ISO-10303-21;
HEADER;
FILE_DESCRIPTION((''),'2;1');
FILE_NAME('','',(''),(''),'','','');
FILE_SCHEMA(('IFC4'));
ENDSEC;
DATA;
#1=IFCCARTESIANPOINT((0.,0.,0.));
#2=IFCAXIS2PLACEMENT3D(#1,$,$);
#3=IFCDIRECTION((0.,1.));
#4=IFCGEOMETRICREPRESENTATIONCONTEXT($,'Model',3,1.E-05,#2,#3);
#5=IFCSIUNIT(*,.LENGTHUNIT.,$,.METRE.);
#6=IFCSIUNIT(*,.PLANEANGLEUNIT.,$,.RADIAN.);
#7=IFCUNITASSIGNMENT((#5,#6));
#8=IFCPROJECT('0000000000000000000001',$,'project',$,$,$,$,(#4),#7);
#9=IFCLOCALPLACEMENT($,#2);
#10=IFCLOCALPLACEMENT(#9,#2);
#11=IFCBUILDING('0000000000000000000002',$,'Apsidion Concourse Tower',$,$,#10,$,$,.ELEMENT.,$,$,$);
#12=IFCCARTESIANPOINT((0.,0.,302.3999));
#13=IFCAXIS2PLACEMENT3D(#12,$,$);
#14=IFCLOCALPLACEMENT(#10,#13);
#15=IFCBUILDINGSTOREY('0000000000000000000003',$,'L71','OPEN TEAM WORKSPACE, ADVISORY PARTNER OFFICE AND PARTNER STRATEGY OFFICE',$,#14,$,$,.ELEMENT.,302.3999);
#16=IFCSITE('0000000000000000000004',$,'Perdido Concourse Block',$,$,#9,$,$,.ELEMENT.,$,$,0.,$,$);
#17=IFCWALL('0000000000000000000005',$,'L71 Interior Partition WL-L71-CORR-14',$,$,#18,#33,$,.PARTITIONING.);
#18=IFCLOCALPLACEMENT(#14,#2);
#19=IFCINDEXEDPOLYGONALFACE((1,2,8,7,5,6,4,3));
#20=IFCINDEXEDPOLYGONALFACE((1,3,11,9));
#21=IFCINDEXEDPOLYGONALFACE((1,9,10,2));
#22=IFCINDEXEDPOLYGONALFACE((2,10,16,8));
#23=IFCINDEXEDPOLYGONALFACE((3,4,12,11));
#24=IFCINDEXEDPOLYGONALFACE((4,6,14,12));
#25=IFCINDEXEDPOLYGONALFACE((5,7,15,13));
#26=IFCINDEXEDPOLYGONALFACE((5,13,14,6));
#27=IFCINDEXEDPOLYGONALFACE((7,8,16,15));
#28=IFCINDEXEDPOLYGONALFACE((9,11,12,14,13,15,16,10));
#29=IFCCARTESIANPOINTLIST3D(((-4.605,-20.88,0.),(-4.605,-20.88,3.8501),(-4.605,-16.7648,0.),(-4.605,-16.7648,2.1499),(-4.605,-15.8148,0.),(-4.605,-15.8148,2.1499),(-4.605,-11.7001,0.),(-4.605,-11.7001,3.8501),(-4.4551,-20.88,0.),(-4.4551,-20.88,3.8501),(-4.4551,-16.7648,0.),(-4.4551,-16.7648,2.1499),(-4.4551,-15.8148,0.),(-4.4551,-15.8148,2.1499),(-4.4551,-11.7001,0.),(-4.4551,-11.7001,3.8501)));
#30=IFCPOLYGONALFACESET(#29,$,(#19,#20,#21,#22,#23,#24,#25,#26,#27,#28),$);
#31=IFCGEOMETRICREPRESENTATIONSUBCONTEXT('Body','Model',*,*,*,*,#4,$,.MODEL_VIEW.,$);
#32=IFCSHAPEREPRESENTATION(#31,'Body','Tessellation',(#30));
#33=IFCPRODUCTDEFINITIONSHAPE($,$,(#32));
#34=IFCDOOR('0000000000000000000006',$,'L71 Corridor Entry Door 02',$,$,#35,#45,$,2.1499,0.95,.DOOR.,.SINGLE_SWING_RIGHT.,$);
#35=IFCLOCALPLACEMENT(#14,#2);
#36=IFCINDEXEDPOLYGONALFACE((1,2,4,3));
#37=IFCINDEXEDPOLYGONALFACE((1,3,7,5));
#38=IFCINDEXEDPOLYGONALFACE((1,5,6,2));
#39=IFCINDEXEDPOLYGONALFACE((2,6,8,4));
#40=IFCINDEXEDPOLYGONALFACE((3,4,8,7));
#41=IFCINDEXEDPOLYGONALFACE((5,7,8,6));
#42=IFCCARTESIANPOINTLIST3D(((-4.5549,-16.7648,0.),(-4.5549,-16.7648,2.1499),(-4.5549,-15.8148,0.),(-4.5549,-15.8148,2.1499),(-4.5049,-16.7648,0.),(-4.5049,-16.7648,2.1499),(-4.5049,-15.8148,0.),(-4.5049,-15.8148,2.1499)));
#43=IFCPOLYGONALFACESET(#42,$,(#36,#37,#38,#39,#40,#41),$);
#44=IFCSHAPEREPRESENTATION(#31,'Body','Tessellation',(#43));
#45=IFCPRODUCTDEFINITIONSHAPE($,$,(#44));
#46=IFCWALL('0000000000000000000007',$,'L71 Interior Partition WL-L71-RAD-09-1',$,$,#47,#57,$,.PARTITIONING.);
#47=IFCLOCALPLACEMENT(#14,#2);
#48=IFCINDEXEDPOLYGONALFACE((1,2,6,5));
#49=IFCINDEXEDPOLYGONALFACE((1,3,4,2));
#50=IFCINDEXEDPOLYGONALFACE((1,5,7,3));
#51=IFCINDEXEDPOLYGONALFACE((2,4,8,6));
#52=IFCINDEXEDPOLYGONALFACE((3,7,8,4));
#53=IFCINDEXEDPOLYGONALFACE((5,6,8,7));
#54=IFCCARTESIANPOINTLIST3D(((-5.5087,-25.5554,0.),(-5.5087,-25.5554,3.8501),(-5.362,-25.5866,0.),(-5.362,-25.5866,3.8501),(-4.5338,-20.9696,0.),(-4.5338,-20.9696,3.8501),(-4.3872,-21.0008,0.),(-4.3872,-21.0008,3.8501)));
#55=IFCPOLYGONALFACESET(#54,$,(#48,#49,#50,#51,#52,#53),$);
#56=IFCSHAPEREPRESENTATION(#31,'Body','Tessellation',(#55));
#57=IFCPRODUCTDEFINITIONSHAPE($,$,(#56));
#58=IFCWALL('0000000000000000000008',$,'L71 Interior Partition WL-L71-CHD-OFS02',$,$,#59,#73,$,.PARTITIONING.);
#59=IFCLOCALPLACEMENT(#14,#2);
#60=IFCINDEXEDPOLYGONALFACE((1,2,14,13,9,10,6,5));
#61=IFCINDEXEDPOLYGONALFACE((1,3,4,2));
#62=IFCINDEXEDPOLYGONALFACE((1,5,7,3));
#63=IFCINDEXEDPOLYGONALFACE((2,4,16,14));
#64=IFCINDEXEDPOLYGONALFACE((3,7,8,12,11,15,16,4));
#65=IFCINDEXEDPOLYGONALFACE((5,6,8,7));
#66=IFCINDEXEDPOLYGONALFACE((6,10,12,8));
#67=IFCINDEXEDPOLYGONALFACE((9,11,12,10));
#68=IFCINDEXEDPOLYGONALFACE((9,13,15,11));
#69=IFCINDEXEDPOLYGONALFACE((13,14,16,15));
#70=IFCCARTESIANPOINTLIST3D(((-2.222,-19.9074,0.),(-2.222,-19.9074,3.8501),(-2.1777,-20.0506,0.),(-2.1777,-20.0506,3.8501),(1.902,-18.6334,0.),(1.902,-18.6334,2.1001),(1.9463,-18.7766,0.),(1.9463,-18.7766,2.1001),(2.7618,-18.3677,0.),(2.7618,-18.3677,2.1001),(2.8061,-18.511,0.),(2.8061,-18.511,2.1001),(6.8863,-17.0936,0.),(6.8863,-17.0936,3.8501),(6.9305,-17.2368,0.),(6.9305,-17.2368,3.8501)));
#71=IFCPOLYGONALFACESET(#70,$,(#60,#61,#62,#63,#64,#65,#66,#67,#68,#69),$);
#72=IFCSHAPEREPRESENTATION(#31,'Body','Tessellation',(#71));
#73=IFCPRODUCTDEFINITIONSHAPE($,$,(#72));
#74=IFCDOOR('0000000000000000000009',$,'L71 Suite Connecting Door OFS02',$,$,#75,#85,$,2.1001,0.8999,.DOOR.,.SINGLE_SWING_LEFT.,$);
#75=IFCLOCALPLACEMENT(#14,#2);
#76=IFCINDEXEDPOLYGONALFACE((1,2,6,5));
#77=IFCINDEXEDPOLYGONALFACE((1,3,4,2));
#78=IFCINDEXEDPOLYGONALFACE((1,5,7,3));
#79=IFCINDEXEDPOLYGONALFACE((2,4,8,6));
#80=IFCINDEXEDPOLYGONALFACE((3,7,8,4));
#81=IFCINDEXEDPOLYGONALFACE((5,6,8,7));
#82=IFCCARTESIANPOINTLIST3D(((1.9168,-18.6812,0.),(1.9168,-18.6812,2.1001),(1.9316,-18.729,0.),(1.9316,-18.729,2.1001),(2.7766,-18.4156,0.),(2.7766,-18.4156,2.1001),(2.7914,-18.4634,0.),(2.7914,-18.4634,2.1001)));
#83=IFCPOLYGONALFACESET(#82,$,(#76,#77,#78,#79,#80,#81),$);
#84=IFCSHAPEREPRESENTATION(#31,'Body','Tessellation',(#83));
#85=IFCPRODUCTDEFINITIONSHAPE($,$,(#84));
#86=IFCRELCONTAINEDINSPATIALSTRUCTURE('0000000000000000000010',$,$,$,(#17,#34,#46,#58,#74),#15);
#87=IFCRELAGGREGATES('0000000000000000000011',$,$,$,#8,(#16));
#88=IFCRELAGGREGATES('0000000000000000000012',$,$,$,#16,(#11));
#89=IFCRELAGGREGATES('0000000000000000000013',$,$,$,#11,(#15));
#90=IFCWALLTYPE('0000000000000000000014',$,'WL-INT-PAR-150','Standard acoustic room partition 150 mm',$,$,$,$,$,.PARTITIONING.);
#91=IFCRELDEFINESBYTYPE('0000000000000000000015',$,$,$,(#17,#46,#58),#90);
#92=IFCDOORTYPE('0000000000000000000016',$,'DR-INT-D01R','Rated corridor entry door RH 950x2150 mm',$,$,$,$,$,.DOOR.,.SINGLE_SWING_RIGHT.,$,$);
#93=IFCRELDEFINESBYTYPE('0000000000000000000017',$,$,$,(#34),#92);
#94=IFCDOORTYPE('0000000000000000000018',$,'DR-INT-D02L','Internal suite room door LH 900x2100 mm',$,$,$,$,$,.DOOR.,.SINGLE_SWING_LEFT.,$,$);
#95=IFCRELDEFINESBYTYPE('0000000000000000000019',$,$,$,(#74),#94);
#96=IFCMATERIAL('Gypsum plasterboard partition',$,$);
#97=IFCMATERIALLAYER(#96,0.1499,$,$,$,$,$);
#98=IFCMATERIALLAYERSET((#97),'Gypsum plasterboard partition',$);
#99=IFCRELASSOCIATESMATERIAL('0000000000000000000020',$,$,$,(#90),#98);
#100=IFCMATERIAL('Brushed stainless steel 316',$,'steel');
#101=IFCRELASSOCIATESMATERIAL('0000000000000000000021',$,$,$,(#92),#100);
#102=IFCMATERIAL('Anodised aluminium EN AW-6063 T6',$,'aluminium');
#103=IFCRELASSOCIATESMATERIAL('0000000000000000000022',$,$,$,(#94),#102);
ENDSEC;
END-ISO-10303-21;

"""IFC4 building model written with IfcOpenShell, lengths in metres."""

from ifc_helpers import new_model, si_unit, direction, frame, frame_2d, origin, place, context, subcontext, project, spatial, rectangle, extrude, material, layer, layer_set, type_object, element, fill, save


model = new_model("IFC4")

# Units and contexts
model_context = context("Model", 3, precision=1e-05, world=origin(), true_north=direction((0.0, 1.0)))
body_context = subcontext(model_context, "Body", "Model", "MODEL_VIEW")
ifc_project = project(units=[si_unit("LENGTHUNIT", "METRE"), si_unit("PLANEANGLEUNIT", "RADIAN")], contexts=[model_context])

# Site, building, storey
site_placement = place(None, origin())
site = spatial("IfcSite", under=ifc_project, at=site_placement, Name="Perdido Concourse Block", CompositionType="ELEMENT", RefElevation=0.0)
building_placement = place(site_placement, origin())
building = spatial("IfcBuilding", under=site, at=building_placement, Name="Apsidion Concourse Tower", CompositionType="ELEMENT")
storey_placement = place(building_placement, frame((0.0, 0.0, 302.3999)))
storey = spatial("IfcBuildingStorey", under=building, at=storey_placement, Name="L71", Description="OPEN TEAM WORKSPACE, ADVISORY PARTNER OFFICE AND PARTNER STRATEGY OFFICE", CompositionType="ELEMENT", Elevation=302.3999)

# Shared definitions
ifc_material_1 = material(Name="Anodised aluminium EN AW-6063 T6", Category="aluminium")

# Shared definitions
ifc_material_2 = material(Name="Gypsum plasterboard partition")
ifc_layer_1 = layer(ifc_material_2, 0.1499)
ifc_layer_set_1 = layer_set([ifc_layer_1], Name="Gypsum plasterboard partition")
wall_type_1 = type_object("IfcWallType", Name="WL-INT-PAR-150", Description="Standard acoustic room partition 150 mm", PredefinedType="PARTITIONING", material=ifc_layer_set_1)

# Wall, opening, door
wall_1_placement = place(storey_placement, frame((-4.53, -20.8799, 0.0), z_axis=(0.0, 0.0, 1.0), x_axis=(0.0, 1.0, 0.0)))
wall_1 = element("IfcWall", 1, at=wall_1_placement, inside=storey, type_object=wall_type_1, Name="L71 Interior Partition WL-L71-CORR-14", PredefinedType="PARTITIONING", context=body_context, shape_type="SweptSolid", body=[
    extrude(rectangle(XDim=9.1799, YDim=0.1499, at=frame_2d((4.5898, 0.0))), origin(), (0.0, 0.0, 1.0), 3.8501),
])
opening_1_placement = place(wall_1_placement, frame((4.115, 0.0, 0.0)))
opening_1 = element("IfcOpeningElement", 2, at=opening_1_placement, cuts=wall_1, PredefinedType="OPENING", context=body_context, shape_type="SweptSolid", body=[
    extrude(rectangle(XDim=0.95, YDim=2.1499, at=frame_2d((0.4751, 1.075))), frame((0.0, 0.085, 0.0), z_axis=(0.0, -1.0, 0.0), x_axis=(1.0, 0.0, 0.0)), (0.0, 0.0, 1.0), 0.1699),
])
ifc_material_3 = material(Name="Brushed stainless steel 316", Category="steel")
door_type_1 = type_object("IfcDoorType", Name="DR-INT-D01R", Description="Rated corridor entry door RH 950x2150 mm", OperationType="SINGLE_SWING_RIGHT", PredefinedType="DOOR", material=ifc_material_3)
door_1_placement = place(opening_1_placement, origin())
door_1 = element("IfcDoor", 3, at=door_1_placement, inside=storey, type_object=door_type_1, Name="L71 Corridor Entry Door 02", OperationType="SINGLE_SWING_RIGHT", OverallHeight=2.1499, OverallWidth=0.95, PredefinedType="DOOR", context=body_context, shape_type="SweptSolid", body=[
    extrude(rectangle(XDim=0.95, YDim=2.1499, at=frame_2d((0.4751, 1.075))), frame((0.0, 0.0249, 0.0), z_axis=(0.0, -1.0, 0.0), x_axis=(1.0, 0.0, 0.0)), (0.0, 0.0, 1.0), 0.05),
])
fill(opening_1, door_1)

# Wall
wall_2_placement = place(storey_placement, frame((-4.4604, -20.9851, 0.0), z_axis=(0.0, 0.0, 1.0), x_axis=(-0.207939, -0.978142, 0.0)))
element("IfcWall", 4, at=wall_2_placement, inside=storey, type_object=wall_type_1, Name="L71 Interior Partition WL-L71-RAD-09-1", PredefinedType="PARTITIONING", context=body_context, shape_type="SweptSolid", body=[
    extrude(rectangle(XDim=4.6882, YDim=0.1499, at=frame_2d((2.3442, 0.0))), origin(), (0.0, 0.0, 1.0), 3.8501),
])

# Wall, opening, door
wall_3_placement = place(storey_placement, frame((-2.2, -19.979, 0.0), z_axis=(0.0, 0.0, 1.0), x_axis=(0.955448, 0.29516, 0.0)))
wall_3 = element("IfcWall", 5, at=wall_3_placement, inside=storey, type_object=wall_type_1, Name="L71 Interior Partition WL-L71-CHD-OFS02", PredefinedType="PARTITIONING", context=body_context, shape_type="SweptSolid", body=[
    extrude(rectangle(XDim=9.533, YDim=0.1499, at=frame_2d((4.7666, 0.0))), origin(), (0.0, 0.0, 1.0), 3.8501),
])
opening_2_placement = place(wall_3_placement, frame((4.3164, 0.0, 0.0)))
opening_2 = element("IfcOpeningElement", 6, at=opening_2_placement, cuts=wall_3, PredefinedType="OPENING", context=body_context, shape_type="SweptSolid", body=[
    extrude(rectangle(XDim=0.8999, YDim=2.1001, at=frame_2d((0.45, 1.05))), frame((0.0, 0.085, 0.0), z_axis=(0.0, -1.0, 0.0), x_axis=(1.0, 0.0, 0.0)), (0.0, 0.0, 1.0), 0.1699),
])
door_type_2 = type_object("IfcDoorType", Name="DR-INT-D02L", Description="Internal suite room door LH 900x2100 mm", OperationType="SINGLE_SWING_LEFT", PredefinedType="DOOR", material=ifc_material_1)
door_2_placement = place(opening_2_placement, origin())
door_2 = element("IfcDoor", 7, at=door_2_placement, inside=storey, type_object=door_type_2, Name="L71 Suite Connecting Door OFS02", OperationType="SINGLE_SWING_LEFT", OverallHeight=2.1001, OverallWidth=0.8999, PredefinedType="DOOR", context=body_context, shape_type="SweptSolid", body=[
    extrude(rectangle(XDim=0.8999, YDim=2.1001, at=frame_2d((0.45, 1.05))), frame((0.0, 0.0249, 0.0), z_axis=(0.0, -1.0, 0.0), x_axis=(1.0, 0.0, 0.0)), (0.0, 0.0, 1.0), 0.05),
])
fill(opening_2, door_2)

save(model, "model.ifc")
